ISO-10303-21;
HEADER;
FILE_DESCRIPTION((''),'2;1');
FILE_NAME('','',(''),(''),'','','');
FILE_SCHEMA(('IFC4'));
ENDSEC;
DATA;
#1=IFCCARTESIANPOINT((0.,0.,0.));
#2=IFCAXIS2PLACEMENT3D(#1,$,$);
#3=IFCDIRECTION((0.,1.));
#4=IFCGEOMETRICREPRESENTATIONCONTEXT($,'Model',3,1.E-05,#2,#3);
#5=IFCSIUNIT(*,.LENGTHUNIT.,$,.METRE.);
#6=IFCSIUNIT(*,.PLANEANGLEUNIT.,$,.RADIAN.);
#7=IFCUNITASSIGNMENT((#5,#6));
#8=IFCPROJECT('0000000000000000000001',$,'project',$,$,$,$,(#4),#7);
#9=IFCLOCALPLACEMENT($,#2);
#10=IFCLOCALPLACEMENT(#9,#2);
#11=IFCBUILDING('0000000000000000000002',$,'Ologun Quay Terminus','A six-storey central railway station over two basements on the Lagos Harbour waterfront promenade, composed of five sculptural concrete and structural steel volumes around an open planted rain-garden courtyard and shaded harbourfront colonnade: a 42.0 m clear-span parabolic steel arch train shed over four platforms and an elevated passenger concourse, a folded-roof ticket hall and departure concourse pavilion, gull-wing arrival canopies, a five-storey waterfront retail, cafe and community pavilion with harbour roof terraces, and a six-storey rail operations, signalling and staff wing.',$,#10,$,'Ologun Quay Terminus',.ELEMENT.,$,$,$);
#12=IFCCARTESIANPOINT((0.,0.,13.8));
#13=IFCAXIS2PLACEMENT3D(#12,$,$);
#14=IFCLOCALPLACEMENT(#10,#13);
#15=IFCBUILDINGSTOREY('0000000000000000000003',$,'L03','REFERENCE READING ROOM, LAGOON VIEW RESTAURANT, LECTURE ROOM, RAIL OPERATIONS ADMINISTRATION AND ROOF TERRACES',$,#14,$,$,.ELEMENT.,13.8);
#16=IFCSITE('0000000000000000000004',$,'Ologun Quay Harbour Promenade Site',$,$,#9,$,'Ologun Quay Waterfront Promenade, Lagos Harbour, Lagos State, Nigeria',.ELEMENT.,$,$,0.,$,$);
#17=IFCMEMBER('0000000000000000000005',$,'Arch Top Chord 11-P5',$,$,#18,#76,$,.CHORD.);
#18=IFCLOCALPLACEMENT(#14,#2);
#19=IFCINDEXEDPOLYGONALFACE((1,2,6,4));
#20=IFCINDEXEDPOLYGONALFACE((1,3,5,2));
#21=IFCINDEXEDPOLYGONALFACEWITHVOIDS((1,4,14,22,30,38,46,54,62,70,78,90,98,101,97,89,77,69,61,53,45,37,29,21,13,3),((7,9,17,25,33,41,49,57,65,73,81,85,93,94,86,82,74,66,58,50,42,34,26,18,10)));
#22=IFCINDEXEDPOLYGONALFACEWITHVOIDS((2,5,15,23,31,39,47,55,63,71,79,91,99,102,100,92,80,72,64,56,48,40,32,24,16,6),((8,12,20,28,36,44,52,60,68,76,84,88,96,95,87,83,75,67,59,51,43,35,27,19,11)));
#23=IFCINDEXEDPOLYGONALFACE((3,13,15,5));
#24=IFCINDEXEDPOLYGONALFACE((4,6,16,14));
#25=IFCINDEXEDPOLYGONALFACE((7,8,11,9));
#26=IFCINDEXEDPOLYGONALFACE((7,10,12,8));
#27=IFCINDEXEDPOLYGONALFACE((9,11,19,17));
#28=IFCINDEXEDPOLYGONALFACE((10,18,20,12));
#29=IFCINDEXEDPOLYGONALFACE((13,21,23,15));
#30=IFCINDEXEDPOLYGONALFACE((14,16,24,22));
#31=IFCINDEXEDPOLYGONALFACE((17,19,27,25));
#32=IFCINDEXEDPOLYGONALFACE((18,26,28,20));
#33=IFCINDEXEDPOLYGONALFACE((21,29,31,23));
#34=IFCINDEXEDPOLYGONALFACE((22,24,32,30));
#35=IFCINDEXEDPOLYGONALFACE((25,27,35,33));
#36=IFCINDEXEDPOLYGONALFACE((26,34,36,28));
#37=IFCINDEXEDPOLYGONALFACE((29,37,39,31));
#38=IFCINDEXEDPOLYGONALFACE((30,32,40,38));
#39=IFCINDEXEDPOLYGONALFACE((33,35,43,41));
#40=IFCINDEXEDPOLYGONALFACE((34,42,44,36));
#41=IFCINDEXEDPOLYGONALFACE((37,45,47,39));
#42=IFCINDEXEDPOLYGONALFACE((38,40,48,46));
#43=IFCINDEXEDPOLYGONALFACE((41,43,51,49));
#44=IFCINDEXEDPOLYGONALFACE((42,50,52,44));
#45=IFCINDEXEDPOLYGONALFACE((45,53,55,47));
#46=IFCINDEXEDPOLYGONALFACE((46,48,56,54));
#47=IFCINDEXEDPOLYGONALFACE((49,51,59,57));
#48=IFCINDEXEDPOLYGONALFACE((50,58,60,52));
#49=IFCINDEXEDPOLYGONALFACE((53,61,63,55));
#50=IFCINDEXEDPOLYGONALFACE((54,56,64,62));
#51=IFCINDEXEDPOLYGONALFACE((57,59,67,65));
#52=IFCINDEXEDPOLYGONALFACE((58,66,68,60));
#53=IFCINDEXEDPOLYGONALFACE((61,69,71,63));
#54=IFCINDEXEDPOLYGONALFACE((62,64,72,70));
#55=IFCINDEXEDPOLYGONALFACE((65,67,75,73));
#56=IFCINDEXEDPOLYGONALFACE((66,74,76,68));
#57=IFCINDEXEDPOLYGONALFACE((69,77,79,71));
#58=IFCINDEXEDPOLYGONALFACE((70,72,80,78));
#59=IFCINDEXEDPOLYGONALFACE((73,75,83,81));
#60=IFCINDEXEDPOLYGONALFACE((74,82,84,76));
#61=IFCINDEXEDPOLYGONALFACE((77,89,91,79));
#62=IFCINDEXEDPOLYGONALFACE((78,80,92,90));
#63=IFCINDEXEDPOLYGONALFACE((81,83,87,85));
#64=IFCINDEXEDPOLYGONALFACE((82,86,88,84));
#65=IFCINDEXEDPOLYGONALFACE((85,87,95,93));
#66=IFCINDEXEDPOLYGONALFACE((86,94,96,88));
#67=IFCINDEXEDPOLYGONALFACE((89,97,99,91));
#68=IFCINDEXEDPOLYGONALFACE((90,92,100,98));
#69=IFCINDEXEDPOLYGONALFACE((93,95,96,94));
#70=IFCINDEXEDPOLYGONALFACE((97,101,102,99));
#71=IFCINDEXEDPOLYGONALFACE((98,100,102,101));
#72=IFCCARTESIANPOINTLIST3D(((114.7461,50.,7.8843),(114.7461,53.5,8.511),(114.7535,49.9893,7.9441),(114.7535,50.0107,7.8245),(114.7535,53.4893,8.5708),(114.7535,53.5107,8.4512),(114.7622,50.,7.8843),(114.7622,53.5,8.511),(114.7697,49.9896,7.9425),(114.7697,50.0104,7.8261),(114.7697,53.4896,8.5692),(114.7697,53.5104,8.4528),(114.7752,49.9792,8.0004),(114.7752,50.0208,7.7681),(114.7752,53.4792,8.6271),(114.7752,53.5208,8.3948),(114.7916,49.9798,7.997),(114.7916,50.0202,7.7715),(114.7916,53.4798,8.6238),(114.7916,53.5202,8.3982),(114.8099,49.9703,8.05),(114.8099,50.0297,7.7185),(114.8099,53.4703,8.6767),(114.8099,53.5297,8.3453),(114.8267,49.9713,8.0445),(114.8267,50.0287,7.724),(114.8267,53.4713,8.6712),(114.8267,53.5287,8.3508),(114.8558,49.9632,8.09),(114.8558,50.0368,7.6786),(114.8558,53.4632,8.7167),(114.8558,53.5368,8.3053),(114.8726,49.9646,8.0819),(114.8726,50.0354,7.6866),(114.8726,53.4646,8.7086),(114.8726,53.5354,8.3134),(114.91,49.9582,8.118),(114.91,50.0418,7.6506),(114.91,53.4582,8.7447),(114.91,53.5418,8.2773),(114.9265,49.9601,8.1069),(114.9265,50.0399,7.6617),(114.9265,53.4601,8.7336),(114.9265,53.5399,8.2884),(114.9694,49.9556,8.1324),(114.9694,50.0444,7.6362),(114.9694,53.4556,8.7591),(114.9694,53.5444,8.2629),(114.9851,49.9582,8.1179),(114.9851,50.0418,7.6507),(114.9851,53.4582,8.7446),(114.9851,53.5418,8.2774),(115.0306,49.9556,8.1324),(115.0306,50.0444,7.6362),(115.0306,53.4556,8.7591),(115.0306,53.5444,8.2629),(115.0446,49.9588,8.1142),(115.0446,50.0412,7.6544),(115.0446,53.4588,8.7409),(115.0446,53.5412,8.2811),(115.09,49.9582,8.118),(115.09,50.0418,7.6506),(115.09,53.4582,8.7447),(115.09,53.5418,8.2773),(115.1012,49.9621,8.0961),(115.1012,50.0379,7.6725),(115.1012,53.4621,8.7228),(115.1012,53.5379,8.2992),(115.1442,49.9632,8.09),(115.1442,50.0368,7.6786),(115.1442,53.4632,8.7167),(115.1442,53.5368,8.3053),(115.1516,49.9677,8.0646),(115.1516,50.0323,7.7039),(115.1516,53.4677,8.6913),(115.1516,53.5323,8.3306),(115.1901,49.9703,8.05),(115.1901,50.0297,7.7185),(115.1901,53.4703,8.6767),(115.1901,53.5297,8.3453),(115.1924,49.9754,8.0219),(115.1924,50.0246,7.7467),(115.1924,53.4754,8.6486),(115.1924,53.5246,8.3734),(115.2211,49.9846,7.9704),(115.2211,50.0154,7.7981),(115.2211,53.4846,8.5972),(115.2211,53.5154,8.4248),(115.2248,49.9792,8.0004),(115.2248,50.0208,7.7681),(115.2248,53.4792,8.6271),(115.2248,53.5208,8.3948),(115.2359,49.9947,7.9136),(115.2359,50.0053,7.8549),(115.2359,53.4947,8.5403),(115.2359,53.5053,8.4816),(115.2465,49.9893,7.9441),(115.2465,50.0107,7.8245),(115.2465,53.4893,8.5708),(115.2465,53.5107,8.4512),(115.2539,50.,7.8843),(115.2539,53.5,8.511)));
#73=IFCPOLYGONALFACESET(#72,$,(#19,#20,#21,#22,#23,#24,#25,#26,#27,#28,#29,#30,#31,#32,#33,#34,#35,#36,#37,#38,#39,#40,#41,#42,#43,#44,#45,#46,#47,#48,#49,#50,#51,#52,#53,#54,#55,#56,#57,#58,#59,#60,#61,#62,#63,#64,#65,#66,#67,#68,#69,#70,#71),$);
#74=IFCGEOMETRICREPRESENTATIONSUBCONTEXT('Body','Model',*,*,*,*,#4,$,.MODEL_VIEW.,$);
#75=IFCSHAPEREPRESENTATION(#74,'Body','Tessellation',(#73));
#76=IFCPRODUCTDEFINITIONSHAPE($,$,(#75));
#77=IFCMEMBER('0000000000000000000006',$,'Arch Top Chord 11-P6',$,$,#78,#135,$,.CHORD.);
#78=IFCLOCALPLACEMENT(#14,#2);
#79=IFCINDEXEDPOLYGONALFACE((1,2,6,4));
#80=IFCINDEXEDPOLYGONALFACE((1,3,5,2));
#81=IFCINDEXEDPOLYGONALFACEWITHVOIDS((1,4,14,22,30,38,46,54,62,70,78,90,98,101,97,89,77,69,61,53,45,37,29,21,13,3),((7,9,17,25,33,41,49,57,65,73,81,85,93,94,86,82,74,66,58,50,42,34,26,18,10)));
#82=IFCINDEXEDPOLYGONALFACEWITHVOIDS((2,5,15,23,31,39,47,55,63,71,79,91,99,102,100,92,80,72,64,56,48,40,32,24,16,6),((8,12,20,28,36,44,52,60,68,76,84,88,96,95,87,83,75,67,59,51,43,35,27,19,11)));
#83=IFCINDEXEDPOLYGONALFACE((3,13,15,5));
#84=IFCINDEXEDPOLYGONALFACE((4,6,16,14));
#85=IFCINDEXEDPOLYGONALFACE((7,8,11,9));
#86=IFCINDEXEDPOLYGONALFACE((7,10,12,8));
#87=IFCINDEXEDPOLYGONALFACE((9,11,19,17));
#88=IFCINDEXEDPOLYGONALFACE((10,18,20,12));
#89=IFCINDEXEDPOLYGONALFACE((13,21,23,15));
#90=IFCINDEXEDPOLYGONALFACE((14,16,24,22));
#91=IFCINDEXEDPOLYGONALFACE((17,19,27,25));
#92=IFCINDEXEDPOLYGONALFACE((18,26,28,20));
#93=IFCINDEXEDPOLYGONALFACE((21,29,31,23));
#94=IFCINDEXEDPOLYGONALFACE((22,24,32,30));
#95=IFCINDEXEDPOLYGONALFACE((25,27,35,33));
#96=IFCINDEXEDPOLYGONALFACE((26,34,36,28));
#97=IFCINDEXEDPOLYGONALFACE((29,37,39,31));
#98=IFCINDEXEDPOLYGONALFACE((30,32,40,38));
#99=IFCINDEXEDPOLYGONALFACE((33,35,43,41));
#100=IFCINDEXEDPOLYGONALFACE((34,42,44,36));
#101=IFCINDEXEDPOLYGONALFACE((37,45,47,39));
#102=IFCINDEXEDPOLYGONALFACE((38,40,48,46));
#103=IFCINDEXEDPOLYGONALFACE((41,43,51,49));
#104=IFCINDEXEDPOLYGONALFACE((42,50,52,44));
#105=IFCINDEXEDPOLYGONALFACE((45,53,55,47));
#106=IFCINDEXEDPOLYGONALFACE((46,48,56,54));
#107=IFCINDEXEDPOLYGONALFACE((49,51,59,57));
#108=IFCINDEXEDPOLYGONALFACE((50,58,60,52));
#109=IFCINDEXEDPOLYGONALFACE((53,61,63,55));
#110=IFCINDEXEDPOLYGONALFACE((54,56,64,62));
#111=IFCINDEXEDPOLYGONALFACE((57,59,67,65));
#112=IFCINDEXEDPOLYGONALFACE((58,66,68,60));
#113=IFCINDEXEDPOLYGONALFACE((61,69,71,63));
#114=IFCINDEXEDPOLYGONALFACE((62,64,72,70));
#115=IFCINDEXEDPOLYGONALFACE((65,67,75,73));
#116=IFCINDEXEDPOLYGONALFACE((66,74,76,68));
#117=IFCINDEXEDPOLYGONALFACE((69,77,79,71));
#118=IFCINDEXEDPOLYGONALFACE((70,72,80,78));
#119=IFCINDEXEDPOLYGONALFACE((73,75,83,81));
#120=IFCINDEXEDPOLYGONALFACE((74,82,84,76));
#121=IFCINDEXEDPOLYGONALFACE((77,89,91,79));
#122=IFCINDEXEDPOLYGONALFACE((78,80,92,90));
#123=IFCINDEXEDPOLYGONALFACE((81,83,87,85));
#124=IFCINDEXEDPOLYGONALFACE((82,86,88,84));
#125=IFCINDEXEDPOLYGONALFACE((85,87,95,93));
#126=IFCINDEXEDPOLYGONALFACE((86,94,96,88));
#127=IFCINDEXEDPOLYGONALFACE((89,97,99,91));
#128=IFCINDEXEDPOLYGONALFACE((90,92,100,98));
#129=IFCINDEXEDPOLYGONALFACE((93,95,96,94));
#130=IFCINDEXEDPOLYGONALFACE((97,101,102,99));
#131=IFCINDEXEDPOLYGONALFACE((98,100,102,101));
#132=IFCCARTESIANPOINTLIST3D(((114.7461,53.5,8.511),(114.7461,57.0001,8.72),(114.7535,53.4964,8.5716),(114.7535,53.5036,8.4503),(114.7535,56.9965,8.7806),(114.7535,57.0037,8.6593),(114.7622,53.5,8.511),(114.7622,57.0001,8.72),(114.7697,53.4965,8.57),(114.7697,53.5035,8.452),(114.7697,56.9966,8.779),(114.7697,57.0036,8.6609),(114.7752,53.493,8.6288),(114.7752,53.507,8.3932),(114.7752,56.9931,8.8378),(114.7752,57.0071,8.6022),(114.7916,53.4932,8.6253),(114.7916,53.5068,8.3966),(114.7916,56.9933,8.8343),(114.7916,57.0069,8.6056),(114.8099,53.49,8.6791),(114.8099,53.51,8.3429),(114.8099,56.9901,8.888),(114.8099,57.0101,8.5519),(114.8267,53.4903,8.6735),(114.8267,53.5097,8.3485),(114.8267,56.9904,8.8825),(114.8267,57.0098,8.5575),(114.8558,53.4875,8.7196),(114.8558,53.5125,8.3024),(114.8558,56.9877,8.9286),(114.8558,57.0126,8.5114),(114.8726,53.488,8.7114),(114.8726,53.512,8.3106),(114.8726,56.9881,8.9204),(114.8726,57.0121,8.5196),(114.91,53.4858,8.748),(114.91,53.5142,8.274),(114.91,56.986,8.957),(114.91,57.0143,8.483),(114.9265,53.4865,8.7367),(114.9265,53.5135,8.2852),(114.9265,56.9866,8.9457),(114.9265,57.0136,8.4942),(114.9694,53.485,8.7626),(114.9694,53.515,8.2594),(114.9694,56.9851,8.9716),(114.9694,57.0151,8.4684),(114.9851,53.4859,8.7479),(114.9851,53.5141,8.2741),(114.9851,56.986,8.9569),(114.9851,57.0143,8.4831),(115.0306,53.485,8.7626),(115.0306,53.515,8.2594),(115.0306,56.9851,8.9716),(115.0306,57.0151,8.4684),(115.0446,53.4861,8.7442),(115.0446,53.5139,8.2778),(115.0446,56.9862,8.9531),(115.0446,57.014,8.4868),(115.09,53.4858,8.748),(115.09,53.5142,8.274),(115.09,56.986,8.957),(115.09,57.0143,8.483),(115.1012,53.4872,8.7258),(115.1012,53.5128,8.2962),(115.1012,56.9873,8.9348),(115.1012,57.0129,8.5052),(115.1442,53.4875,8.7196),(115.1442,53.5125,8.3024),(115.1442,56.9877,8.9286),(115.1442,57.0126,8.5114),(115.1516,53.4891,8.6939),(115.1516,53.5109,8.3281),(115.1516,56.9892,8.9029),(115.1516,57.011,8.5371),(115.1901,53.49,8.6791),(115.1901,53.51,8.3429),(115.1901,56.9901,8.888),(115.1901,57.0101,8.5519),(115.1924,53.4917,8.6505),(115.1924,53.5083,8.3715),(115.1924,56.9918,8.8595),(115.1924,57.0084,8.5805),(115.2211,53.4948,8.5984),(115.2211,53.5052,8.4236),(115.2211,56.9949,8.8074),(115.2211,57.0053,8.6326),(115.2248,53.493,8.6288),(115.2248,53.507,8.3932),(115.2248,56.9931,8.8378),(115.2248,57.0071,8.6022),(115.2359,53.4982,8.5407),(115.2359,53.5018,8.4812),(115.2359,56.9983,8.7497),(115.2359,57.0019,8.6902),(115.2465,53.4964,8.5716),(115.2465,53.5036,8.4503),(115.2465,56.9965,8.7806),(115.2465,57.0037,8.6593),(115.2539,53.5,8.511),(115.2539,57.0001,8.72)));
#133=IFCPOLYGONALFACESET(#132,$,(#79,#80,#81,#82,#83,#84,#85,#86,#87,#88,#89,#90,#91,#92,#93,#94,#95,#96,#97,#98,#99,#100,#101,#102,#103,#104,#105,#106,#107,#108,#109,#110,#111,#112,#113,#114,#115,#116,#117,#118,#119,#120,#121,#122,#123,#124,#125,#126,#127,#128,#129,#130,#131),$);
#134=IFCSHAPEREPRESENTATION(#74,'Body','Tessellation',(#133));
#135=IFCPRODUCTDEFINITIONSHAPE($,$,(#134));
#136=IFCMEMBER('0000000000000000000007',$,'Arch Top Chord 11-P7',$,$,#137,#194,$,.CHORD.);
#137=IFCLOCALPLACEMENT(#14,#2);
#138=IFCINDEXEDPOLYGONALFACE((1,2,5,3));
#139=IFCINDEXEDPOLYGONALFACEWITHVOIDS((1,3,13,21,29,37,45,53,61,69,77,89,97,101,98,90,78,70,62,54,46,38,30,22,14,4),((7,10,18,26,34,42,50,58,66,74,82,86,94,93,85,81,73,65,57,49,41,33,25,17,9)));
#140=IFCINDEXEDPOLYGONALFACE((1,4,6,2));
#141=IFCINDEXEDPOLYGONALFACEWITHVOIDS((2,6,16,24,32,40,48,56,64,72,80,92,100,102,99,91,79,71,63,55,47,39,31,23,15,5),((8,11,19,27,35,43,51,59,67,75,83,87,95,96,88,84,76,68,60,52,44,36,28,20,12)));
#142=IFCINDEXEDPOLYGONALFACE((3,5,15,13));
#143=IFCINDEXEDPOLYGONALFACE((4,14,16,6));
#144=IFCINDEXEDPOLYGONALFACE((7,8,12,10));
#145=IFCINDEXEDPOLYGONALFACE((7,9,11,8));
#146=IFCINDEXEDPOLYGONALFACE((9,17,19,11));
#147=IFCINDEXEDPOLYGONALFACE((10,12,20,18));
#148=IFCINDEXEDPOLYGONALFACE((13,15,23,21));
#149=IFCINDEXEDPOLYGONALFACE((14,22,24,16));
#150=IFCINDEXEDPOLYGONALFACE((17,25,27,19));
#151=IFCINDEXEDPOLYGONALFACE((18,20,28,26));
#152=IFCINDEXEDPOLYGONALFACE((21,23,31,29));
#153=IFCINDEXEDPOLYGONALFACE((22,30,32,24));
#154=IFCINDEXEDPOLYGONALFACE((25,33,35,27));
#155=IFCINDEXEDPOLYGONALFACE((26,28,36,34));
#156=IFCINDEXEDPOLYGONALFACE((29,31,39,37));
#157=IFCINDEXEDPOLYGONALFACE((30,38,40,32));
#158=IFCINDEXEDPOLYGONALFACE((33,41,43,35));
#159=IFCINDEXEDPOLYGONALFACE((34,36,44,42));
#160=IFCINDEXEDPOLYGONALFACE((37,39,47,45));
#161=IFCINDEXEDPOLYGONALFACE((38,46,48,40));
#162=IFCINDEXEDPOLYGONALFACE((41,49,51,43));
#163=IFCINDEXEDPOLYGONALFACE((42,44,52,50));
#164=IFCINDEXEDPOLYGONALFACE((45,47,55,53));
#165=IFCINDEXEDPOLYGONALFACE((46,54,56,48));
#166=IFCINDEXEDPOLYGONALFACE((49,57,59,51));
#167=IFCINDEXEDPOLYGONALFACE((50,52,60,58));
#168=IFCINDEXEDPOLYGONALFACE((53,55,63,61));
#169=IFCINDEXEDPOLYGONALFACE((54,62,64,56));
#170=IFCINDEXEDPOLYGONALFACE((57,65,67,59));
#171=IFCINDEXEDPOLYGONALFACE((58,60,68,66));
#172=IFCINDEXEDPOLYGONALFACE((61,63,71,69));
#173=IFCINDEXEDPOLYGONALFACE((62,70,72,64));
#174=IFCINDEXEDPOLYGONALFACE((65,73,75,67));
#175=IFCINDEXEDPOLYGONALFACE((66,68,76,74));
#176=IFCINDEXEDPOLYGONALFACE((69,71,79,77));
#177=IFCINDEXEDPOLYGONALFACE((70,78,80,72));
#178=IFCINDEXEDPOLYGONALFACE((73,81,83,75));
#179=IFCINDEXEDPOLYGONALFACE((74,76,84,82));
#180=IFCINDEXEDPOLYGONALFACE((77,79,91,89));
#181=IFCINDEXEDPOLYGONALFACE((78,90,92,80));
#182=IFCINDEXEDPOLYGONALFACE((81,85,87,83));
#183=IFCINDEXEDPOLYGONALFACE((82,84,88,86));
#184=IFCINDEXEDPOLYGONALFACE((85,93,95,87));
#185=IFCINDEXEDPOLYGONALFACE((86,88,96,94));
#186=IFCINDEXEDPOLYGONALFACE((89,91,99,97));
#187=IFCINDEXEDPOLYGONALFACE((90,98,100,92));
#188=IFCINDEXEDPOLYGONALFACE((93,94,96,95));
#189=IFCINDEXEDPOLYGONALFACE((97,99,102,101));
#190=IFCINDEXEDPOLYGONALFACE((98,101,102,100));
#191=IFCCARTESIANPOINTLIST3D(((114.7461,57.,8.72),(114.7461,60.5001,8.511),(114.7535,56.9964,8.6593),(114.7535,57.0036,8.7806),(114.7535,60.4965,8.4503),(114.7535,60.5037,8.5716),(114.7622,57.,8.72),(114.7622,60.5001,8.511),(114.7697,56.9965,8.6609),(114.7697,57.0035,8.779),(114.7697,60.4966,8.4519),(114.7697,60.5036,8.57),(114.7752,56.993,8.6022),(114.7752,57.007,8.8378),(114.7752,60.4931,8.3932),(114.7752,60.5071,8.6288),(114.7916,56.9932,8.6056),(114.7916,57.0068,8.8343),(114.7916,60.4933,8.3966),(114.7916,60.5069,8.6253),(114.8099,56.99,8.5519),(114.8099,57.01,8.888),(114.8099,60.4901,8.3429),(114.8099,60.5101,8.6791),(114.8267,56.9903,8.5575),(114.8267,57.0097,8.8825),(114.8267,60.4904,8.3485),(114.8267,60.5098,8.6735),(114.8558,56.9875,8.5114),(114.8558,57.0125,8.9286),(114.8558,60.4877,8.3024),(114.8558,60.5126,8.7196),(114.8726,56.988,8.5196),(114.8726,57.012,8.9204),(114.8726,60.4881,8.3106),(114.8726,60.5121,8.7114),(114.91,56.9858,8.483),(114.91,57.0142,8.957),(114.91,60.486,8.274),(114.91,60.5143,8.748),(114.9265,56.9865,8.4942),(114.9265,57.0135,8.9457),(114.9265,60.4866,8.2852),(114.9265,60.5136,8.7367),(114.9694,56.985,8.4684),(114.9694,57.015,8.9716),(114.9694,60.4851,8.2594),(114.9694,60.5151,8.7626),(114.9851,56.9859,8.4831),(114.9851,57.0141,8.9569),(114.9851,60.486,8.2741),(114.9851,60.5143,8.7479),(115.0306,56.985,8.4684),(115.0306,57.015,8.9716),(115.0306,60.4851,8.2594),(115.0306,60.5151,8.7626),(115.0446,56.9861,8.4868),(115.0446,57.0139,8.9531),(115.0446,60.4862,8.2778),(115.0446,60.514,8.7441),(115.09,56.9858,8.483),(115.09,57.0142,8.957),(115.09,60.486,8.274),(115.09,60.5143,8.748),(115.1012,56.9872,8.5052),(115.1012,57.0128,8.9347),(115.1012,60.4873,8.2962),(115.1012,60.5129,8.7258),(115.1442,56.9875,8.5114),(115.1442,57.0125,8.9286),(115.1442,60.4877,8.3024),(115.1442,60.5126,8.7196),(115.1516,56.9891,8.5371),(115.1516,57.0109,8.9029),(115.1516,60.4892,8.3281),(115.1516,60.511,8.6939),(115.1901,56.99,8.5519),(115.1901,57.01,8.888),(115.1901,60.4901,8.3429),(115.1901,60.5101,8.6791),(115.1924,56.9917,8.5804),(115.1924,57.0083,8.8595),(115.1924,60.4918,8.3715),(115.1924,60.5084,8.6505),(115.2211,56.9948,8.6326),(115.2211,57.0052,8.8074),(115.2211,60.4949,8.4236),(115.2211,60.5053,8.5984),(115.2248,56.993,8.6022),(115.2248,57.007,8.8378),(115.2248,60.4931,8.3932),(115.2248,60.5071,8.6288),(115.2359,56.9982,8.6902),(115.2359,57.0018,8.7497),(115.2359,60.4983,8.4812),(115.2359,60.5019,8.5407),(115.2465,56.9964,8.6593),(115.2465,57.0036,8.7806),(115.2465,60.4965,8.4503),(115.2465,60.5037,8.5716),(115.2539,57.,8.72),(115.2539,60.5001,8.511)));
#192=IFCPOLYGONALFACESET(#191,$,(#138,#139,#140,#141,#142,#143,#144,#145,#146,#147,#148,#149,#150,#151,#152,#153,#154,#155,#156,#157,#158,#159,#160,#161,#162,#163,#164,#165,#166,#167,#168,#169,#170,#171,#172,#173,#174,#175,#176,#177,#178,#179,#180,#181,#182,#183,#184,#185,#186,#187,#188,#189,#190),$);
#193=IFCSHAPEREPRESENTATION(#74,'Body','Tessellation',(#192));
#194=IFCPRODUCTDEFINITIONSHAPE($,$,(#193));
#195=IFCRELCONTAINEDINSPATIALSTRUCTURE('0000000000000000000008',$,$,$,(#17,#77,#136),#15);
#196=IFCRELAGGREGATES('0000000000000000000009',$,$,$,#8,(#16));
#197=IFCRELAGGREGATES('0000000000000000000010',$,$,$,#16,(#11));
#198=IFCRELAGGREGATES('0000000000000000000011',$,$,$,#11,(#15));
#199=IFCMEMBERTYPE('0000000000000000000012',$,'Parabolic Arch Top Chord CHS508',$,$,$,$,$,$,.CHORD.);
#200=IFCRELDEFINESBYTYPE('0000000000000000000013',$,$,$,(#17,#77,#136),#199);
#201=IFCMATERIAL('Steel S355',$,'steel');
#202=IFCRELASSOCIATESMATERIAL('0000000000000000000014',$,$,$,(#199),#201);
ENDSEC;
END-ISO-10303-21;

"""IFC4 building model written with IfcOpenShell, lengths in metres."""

from ifc_helpers import new_model, si_unit, direction, frame, origin, origin_2d, place, context, subcontext, project, spatial, hollow_circle, extrude, material, material_profile, profile_set, type_object, element, save


model = new_model("IFC4")

# Units and contexts
model_context = context("Model", 3, precision=1e-05, world=origin(), true_north=direction((0.0, 1.0)))
body_context = subcontext(model_context, "Body", "Model", "MODEL_VIEW")
ifc_project = project(units=[si_unit("LENGTHUNIT", "METRE"), si_unit("PLANEANGLEUNIT", "RADIAN")], contexts=[model_context])

# Site, building, storey
site_placement = place(None, origin())
site = spatial("IfcSite", under=ifc_project, at=site_placement, Name="Ologun Quay Harbour Promenade Site", LongName="Ologun Quay Waterfront Promenade, Lagos Harbour, Lagos State, Nigeria", CompositionType="ELEMENT", RefElevation=0.0)
building_placement = place(site_placement, origin())
building = spatial("IfcBuilding", under=site, at=building_placement, Name="Ologun Quay Terminus", Description="A six-storey central railway station over two basements on the Lagos Harbour waterfront promenade, composed of five sculptural concrete and structural steel volumes around an open planted rain-garden courtyard and shaded harbourfront colonnade: a 42.0 m clear-span parabolic steel arch train shed over four platforms and an elevated passenger concourse, a folded-roof ticket hall and departure concourse pavilion, gull-wing arrival canopies, a five-storey waterfront retail, cafe and community pavilion with harbour roof terraces, and a six-storey rail operations, signalling and staff wing.", LongName="Ologun Quay Terminus", CompositionType="ELEMENT")
storey_placement = place(building_placement, frame((0.0, 0.0, 13.8)))
storey = spatial("IfcBuildingStorey", under=building, at=storey_placement, Name="L03", Description="REFERENCE READING ROOM, LAGOON VIEW RESTAURANT, LECTURE ROOM, RAIL OPERATIONS ADMINISTRATION AND ROOF TERRACES", CompositionType="ELEMENT", Elevation=13.8)

# Members
ifc_material_1 = material(Name="Steel S355", Category="steel")
ifc_material_profile_1 = material_profile(ifc_material_1, hollow_circle(Radius=0.2539, WallThickness=0.0161, at=origin_2d()), Name="CHS 508x16")
ifc_profile_set_1 = profile_set([ifc_material_profile_1], Name="Steel S355")
member_type_1 = type_object("IfcMemberType", Name="Parabolic Arch Top Chord CHS508", PredefinedType="CHORD", material=ifc_profile_set_1)
member_1_placement = place(storey_placement, frame((115.0, 50.0, 7.8843), z_axis=(0.0, 0.984344, 0.176256), x_axis=(-1.0, 0.0, 0.0)))
element("IfcMember", 1, at=member_1_placement, inside=storey, type_object=member_type_1, Name="Arch Top Chord 11-P5", PredefinedType="CHORD", context=body_context, shape_type="SweptSolid", body=[
    extrude(hollow_circle(Radius=0.2539, WallThickness=0.0161, at=origin_2d()), origin(), (0.0, 0.0, 1.0), 3.5557),
])
for number, where, z_axis, x_axis, name in (
    (2, (115.0, 53.5, 8.511), (0.0, 0.998222, 0.059604), (-1.0, 0.0, 0.0), "Arch Top Chord 11-P6"),
    (3, (115.0, 57.0, 8.72), (0.0, 0.998222, -0.059604), (-1.0, 0.0, 0.0), "Arch Top Chord 11-P7"),
):
    element("IfcMember", number, at=place(storey_placement, frame(where, z_axis=z_axis, x_axis=x_axis)), inside=storey, type_object=member_type_1, Name=name, PredefinedType="CHORD", context=body_context, shape_type="SweptSolid", body=[
        extrude(hollow_circle(Radius=0.2539, WallThickness=0.0161, at=origin_2d()), origin(), (0.0, 0.0, 1.0), 3.5063),
    ])

save(model, "model.ifc")
